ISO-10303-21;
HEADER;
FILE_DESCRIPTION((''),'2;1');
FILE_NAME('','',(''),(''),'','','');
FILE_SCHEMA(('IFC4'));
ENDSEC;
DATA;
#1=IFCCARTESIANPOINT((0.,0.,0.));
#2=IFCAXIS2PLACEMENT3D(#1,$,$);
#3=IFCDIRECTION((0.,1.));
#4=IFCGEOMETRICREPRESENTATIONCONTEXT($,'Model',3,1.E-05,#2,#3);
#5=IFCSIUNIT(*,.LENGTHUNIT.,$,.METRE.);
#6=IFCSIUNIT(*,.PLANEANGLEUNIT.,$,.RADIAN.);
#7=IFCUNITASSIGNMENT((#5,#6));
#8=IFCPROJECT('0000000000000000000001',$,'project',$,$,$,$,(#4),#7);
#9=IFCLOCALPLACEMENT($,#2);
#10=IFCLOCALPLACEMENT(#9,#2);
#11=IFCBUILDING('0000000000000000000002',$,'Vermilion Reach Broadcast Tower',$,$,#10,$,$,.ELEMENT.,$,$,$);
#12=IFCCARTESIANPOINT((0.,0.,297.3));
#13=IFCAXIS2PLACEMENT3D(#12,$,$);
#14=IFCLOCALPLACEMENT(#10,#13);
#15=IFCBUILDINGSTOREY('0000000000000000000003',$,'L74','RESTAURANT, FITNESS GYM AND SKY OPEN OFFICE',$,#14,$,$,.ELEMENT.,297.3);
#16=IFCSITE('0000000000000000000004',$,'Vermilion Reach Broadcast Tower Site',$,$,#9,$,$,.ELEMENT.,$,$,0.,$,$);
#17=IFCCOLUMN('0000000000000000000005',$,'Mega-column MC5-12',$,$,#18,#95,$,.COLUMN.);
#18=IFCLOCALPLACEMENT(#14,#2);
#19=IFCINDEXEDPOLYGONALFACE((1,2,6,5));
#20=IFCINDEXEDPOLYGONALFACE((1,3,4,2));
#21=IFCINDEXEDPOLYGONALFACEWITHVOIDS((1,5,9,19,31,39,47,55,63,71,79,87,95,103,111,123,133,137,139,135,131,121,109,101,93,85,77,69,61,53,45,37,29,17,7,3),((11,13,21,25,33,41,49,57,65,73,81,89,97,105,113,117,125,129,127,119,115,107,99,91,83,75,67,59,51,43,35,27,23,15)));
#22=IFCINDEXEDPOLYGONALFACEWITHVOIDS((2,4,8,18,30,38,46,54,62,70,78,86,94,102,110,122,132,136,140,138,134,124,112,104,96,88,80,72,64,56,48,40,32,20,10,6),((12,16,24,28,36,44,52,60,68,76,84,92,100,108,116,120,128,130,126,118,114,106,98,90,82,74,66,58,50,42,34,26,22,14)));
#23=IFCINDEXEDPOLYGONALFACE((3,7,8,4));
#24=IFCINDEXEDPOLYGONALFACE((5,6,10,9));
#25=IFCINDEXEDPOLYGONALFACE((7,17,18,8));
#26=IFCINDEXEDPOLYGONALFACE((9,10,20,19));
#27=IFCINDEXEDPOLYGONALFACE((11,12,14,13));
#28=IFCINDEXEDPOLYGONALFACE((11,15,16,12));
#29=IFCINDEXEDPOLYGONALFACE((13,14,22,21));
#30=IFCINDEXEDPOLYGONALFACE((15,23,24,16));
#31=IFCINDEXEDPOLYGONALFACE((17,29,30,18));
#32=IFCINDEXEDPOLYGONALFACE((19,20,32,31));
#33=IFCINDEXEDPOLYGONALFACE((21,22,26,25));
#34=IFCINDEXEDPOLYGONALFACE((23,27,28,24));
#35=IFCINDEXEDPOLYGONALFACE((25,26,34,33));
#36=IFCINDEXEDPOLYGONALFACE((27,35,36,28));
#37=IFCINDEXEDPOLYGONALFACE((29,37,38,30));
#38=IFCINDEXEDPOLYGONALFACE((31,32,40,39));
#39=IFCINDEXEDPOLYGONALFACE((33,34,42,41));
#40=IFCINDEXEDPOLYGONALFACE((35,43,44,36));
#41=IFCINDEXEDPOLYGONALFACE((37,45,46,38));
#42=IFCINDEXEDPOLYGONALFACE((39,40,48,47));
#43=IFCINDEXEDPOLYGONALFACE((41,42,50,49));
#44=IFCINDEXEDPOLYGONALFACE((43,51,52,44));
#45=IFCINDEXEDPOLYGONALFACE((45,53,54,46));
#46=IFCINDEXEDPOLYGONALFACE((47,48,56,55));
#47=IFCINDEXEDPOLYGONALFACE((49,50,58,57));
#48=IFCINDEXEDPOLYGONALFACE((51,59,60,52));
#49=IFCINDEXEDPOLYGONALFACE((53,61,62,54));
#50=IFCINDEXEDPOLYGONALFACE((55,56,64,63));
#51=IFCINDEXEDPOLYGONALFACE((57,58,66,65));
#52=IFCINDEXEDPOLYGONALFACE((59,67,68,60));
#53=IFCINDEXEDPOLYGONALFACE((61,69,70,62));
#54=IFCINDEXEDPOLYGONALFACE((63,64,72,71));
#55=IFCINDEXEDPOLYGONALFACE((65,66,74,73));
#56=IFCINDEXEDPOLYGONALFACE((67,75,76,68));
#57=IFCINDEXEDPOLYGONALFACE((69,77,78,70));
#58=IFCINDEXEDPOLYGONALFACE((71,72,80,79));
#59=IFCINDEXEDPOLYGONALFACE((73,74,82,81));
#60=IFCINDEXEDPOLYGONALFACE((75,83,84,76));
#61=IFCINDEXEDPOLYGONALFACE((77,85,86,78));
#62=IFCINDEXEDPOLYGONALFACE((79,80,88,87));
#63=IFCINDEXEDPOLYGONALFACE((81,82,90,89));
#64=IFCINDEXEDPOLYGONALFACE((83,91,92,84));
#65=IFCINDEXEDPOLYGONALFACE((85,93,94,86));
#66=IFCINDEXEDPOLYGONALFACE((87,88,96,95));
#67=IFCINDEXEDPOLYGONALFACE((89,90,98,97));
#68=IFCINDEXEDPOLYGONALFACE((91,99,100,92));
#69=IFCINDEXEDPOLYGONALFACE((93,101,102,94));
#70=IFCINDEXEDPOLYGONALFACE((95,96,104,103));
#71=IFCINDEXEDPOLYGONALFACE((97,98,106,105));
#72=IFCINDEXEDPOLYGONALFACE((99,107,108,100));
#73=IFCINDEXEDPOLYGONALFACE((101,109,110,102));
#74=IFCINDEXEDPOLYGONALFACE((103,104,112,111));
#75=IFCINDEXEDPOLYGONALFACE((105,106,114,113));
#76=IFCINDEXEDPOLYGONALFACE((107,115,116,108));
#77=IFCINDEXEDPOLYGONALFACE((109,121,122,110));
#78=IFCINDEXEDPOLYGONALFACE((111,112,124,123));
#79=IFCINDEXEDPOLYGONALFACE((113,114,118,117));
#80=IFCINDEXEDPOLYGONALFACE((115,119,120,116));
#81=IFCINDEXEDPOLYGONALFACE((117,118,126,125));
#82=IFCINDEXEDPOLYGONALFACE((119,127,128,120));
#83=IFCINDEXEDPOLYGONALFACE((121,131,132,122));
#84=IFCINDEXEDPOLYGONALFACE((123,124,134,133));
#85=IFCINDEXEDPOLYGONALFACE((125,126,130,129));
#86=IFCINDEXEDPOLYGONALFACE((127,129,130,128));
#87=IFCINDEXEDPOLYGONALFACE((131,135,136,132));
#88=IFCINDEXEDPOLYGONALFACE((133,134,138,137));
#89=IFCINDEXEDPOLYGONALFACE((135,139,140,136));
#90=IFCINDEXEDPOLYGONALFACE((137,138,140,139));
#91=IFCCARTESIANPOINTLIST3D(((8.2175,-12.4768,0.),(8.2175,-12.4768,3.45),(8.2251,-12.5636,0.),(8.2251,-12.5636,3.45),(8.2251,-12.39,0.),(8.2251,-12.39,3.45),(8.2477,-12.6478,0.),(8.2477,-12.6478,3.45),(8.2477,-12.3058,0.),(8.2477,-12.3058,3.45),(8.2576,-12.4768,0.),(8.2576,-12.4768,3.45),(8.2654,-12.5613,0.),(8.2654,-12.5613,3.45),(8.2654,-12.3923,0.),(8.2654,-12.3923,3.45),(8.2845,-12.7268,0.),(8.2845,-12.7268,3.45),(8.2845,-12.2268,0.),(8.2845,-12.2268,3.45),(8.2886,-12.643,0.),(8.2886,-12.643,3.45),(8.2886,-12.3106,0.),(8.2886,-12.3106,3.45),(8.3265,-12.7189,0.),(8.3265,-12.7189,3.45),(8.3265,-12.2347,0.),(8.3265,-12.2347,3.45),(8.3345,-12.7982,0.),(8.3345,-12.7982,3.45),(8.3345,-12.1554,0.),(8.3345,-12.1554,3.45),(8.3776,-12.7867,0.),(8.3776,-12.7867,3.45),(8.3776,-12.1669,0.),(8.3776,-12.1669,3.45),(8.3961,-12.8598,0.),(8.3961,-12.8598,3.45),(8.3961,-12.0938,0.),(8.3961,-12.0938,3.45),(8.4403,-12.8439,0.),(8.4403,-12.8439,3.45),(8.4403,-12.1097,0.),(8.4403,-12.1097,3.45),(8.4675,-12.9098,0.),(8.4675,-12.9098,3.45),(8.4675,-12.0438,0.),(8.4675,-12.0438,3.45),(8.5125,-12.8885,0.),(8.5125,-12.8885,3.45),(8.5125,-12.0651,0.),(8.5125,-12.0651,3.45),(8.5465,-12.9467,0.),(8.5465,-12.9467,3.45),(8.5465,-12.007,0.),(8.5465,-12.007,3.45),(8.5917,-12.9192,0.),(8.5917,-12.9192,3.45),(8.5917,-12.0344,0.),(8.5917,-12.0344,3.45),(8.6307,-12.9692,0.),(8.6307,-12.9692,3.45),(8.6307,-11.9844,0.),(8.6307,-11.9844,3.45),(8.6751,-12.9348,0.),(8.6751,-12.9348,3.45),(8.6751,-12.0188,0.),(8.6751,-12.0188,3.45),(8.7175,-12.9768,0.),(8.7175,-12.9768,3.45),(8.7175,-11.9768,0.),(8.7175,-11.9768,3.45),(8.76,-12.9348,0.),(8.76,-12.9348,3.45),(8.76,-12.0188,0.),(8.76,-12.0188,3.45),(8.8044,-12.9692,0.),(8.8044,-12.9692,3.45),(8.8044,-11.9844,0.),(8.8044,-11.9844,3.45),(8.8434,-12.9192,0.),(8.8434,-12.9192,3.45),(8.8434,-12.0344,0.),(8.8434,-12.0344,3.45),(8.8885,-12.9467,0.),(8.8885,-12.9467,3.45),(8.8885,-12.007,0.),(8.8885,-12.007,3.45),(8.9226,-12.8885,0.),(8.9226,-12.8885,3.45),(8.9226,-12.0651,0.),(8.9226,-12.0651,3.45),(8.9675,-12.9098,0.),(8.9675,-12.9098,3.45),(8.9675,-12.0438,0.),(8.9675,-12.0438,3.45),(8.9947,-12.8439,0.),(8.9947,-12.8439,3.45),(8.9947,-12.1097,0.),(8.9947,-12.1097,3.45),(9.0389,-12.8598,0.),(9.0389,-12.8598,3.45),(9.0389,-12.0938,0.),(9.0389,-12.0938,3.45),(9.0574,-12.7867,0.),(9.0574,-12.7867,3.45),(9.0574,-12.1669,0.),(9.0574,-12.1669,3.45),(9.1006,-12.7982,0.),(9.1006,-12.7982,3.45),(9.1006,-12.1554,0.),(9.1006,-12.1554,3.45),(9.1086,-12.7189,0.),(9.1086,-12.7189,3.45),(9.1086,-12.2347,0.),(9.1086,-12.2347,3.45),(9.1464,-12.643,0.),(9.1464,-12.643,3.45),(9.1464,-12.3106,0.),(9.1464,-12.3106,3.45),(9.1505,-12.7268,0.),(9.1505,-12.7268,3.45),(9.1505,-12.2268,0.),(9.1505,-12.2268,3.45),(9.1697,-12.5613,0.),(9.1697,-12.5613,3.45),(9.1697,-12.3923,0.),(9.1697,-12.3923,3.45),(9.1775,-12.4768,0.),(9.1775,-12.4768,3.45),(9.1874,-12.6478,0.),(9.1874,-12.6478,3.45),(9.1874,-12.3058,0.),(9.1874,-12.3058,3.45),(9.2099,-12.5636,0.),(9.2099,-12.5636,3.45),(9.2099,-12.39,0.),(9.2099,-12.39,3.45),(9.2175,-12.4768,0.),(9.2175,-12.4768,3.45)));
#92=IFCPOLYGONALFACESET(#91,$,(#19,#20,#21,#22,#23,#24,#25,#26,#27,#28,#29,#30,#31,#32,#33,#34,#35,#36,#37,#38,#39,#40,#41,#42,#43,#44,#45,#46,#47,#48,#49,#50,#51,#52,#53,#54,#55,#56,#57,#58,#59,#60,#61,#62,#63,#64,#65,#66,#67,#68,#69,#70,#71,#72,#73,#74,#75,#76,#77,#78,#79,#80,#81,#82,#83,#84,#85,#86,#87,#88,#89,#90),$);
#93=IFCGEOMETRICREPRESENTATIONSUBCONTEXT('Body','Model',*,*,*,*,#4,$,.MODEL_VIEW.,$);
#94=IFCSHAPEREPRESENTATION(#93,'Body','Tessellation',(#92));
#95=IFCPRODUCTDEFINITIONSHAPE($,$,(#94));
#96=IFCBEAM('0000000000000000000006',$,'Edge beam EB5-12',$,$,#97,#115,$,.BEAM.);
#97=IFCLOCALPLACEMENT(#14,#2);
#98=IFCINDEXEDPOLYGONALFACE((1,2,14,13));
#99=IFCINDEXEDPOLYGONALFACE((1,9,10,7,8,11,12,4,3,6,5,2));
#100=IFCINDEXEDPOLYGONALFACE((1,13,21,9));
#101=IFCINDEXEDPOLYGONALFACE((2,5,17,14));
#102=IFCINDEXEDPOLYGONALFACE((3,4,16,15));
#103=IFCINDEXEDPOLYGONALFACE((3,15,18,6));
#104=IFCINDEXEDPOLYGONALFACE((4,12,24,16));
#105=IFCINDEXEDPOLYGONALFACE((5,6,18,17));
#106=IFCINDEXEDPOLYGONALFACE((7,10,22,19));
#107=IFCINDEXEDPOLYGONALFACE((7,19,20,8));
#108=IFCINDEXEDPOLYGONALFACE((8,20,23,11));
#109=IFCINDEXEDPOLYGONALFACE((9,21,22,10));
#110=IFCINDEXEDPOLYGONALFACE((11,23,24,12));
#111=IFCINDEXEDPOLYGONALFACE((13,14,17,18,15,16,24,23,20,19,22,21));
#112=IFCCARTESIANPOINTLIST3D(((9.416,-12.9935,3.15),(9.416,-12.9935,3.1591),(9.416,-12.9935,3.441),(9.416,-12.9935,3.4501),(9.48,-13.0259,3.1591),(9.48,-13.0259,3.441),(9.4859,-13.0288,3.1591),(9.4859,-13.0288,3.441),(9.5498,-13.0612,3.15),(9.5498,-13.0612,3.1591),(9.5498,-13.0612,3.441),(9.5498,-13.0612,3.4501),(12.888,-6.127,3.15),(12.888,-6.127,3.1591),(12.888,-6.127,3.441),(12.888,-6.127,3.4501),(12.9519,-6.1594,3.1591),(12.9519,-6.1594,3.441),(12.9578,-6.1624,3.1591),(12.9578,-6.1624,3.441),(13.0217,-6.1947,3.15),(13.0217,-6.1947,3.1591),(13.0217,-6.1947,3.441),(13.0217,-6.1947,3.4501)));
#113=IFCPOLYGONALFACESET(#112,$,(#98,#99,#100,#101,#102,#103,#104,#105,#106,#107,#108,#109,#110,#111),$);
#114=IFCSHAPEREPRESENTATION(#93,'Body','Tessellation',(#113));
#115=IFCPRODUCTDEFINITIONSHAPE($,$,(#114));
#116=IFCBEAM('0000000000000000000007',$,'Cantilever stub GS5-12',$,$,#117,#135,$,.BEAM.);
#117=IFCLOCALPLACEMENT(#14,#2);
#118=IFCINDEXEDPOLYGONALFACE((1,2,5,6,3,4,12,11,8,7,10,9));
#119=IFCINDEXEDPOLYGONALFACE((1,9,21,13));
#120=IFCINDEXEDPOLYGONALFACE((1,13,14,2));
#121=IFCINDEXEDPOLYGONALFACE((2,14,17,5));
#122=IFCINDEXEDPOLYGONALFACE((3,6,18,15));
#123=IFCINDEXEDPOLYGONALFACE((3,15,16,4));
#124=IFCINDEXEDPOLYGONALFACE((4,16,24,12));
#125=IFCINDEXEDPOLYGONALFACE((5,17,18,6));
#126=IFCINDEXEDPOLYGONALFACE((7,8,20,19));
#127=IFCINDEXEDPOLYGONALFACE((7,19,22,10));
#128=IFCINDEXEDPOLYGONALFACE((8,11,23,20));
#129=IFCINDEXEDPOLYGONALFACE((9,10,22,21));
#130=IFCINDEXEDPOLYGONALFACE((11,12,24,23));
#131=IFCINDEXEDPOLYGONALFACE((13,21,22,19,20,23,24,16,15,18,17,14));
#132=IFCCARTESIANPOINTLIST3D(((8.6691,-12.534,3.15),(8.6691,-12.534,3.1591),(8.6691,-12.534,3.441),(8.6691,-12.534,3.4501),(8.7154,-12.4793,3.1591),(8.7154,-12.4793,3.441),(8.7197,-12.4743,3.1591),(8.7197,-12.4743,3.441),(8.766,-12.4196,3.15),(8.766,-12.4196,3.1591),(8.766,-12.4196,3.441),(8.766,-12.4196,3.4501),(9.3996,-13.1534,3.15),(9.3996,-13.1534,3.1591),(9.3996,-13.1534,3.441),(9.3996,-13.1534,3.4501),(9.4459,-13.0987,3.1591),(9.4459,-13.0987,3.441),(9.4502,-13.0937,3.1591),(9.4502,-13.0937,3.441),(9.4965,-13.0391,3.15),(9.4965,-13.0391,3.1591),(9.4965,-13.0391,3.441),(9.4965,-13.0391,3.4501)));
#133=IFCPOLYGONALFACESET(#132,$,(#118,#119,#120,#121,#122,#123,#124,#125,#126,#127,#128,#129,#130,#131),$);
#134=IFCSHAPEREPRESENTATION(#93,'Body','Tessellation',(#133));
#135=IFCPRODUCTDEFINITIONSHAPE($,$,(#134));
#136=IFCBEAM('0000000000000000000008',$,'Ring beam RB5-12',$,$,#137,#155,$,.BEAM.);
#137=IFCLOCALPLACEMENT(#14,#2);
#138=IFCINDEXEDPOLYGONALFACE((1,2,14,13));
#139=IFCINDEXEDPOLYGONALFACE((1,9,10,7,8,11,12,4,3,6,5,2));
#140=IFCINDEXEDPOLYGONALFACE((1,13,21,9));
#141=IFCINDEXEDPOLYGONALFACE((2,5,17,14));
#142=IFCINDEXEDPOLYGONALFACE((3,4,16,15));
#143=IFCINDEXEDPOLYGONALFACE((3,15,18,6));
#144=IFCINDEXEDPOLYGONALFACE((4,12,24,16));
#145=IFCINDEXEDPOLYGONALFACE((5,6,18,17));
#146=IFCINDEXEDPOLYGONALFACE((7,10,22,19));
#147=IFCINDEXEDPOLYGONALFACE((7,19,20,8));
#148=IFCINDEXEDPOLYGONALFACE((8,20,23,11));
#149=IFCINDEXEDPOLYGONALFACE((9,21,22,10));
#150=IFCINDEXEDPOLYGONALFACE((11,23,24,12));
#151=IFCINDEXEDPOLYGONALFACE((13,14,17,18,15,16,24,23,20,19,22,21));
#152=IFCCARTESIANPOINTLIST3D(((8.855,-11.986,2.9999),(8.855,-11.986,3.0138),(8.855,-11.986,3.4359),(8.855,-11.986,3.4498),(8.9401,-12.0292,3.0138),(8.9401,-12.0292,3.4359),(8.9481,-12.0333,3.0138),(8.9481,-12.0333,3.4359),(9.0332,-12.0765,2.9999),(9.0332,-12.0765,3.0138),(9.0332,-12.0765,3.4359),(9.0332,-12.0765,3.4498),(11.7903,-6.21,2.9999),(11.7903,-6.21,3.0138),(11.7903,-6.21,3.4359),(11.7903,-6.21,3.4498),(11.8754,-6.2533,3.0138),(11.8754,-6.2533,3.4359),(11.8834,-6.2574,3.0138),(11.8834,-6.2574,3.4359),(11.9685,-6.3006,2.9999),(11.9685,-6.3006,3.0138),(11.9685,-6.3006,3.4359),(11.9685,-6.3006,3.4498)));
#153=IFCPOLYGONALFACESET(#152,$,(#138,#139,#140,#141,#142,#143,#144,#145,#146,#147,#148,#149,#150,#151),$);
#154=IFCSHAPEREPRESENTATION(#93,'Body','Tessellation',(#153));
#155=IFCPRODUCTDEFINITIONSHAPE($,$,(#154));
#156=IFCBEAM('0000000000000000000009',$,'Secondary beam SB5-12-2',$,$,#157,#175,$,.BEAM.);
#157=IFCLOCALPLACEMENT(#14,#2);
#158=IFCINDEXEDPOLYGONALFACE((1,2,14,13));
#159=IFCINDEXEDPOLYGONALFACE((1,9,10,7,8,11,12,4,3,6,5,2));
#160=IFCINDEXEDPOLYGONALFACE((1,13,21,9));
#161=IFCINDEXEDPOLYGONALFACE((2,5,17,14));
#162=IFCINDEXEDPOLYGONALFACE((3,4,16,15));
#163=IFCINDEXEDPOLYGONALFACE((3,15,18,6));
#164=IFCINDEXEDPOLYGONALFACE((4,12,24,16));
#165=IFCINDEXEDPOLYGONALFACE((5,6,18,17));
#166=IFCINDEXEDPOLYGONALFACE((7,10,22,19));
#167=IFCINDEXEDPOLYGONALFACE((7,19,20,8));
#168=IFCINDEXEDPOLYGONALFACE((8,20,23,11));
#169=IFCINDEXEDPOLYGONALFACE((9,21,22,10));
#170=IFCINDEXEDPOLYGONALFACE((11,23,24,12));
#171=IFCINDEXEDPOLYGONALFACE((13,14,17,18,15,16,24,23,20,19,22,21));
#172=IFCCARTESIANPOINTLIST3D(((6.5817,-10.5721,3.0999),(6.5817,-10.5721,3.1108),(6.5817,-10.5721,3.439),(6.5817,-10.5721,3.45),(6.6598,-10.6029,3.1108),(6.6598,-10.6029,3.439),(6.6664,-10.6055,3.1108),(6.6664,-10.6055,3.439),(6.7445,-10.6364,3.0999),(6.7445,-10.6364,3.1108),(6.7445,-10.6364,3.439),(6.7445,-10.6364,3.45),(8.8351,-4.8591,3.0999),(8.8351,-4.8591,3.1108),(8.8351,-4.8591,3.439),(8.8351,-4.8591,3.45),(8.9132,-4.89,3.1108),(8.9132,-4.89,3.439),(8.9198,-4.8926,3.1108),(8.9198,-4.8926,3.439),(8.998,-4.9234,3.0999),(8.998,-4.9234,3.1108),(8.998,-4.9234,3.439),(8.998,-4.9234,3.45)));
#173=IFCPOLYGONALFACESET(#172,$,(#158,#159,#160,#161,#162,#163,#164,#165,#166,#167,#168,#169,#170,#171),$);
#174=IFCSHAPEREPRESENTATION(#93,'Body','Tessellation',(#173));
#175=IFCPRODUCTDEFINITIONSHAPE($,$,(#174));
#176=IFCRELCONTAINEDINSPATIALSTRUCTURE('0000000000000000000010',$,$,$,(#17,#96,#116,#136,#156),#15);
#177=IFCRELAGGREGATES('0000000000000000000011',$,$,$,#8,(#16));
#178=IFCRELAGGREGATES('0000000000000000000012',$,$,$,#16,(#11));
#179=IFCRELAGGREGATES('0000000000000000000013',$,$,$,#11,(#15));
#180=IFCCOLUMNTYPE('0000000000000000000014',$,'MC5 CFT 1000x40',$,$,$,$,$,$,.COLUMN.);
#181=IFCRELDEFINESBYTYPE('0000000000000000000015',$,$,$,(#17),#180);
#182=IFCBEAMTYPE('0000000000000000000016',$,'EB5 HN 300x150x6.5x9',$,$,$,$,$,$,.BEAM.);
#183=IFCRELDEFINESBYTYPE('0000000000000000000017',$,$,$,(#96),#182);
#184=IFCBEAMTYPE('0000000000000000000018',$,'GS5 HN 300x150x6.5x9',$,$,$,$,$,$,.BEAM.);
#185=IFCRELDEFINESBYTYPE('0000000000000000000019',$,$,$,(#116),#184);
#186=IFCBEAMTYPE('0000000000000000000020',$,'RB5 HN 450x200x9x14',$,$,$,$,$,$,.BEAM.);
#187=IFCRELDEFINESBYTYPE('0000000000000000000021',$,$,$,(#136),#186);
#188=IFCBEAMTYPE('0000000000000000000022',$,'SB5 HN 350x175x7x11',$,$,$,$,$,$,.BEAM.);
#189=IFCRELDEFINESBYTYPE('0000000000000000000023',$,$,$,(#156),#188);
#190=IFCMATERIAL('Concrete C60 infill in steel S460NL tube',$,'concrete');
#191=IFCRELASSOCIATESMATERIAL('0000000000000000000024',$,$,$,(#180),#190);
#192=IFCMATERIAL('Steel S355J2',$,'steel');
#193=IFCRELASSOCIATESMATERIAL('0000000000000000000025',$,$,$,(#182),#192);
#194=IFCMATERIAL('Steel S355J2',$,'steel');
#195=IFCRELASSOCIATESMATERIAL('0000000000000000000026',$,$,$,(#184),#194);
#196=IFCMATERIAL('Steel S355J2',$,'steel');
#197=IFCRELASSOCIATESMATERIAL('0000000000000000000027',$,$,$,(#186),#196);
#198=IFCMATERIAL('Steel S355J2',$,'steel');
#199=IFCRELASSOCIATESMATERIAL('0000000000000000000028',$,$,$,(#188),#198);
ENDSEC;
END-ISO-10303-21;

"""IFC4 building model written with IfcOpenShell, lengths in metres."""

from ifc_helpers import new_model, si_unit, direction, frame, origin, origin_2d, place, context, subcontext, project, spatial, hollow_circle, i_section, extrude, material, material_profile, profile_set, type_object, element, save


model = new_model("IFC4")

# Units and contexts
model_context = context("Model", 3, precision=1e-05, world=origin(), true_north=direction((0.0, 1.0)))
body_context = subcontext(model_context, "Body", "Model", "MODEL_VIEW")
ifc_project = project(units=[si_unit("LENGTHUNIT", "METRE"), si_unit("PLANEANGLEUNIT", "RADIAN")], contexts=[model_context])

# Site, building, storey
site_placement = place(None, origin())
site = spatial("IfcSite", under=ifc_project, at=site_placement, Name="Vermilion Reach Broadcast Tower Site", CompositionType="ELEMENT", RefElevation=0.0)
building_placement = place(site_placement, origin())
building = spatial("IfcBuilding", under=site, at=building_placement, Name="Vermilion Reach Broadcast Tower", CompositionType="ELEMENT")
storey_placement = place(building_placement, frame((0.0, 0.0, 297.3)))
storey = spatial("IfcBuildingStorey", under=building, at=storey_placement, Name="L74", Description="RESTAURANT, FITNESS GYM AND SKY OPEN OFFICE", CompositionType="ELEMENT", Elevation=297.3)

# Column
ifc_material_1 = material(Name="Concrete C60 infill in steel S460NL tube", Category="concrete")
ifc_material_profile_1 = material_profile(ifc_material_1, hollow_circle(Radius=0.5, WallThickness=0.04, at=origin_2d()), Name="Concrete C60 infill in steel S460NL tube CFT 1000x40")
ifc_profile_set_1 = profile_set([ifc_material_profile_1], Name="Concrete C60 infill in steel S460NL tube")
column_type = type_object("IfcColumnType", Name="MC5 CFT 1000x40", PredefinedType="COLUMN", material=ifc_profile_set_1)
column_placement = place(storey_placement, frame((8.7175, -12.4768, 0.0), z_axis=(0.0, 0.0, 1.0), x_axis=(1.0, 0.0, 0.0)))
element("IfcColumn", 1, at=column_placement, inside=storey, type_object=column_type, Name="Mega-column MC5-12", PredefinedType="COLUMN", context=body_context, shape_type="SweptSolid", body=[
    extrude(hollow_circle(Radius=0.5, WallThickness=0.04, at=origin_2d()), origin(), (0.0, 0.0, 1.0), 3.45),
])

# Beams
ifc_material_2 = material(Name="Steel S355J2", Category="steel")
ifc_material_profile_2 = material_profile(ifc_material_2, i_section(OverallWidth=0.1499, OverallDepth=0.3, WebThickness=0.0066, FlangeThickness=0.009, at=origin_2d()), Name="S355J2 HN 300x150x6.5x9")
ifc_profile_set_2 = profile_set([ifc_material_profile_2], Name="Steel S355J2")
beam_type_1 = type_object("IfcBeamType", Name="EB5 HN 300x150x6.5x9", PredefinedType="BEAM", material=ifc_profile_set_2)
beam_1_placement = place(storey_placement, frame((9.4829, -13.0273, 3.3), z_axis=(0.451232, 0.892406, 0.0), x_axis=(-0.892406, 0.451232, 0.0)))
element("IfcBeam", 2, at=beam_1_placement, inside=storey, type_object=beam_type_1, Name="Edge beam EB5-12", PredefinedType="BEAM", context=body_context, shape_type="SweptSolid", body=[
    extrude(i_section(OverallWidth=0.1499, OverallDepth=0.3, WebThickness=0.0066, FlangeThickness=0.009, at=origin_2d()), origin(), (0.0, 0.0, 1.0), 7.6943),
])
ifc_material_3 = material(Name="Steel S355J2", Category="steel")
ifc_material_profile_3 = material_profile(ifc_material_3, i_section(OverallWidth=0.1499, OverallDepth=0.3, WebThickness=0.0066, FlangeThickness=0.009, at=origin_2d()), Name="S355J2 HN 300x150x6.5x9")
ifc_profile_set_3 = profile_set([ifc_material_profile_3], Name="Steel S355J2")
beam_type_2 = type_object("IfcBeamType", Name="GS5 HN 300x150x6.5x9", PredefinedType="BEAM", material=ifc_profile_set_3)
beam_2_placement = place(storey_placement, frame((8.7175, -12.4768, 3.3), z_axis=(0.762719, -0.64673, 0.0), x_axis=(0.64673, 0.762719, 0.0)))
element("IfcBeam", 3, at=beam_2_placement, inside=storey, type_object=beam_type_2, Name="Cantilever stub GS5-12", PredefinedType="BEAM", context=body_context, shape_type="SweptSolid", body=[
    extrude(i_section(OverallWidth=0.1499, OverallDepth=0.3, WebThickness=0.0066, FlangeThickness=0.009, at=origin_2d()), origin(), (0.0, 0.0, 1.0), 0.9578),
])
ifc_material_4 = material(Name="Steel S355J2", Category="steel")
ifc_material_profile_4 = material_profile(ifc_material_4, i_section(OverallWidth=0.2, OverallDepth=0.45, WebThickness=0.009, FlangeThickness=0.0139, at=origin_2d()), Name="S355J2 HN 450x200x9x14")
ifc_profile_set_4 = profile_set([ifc_material_profile_4], Name="Steel S355J2")
beam_type_3 = type_object("IfcBeamType", Name="RB5 HN 450x200x9x14", PredefinedType="BEAM", material=ifc_profile_set_4)
beam_3_placement = place(storey_placement, frame((8.9441, -12.0312, 3.2249), z_axis=(0.453052, 0.891484, 0.0), x_axis=(-0.891484, 0.453052, 0.0)))
element("IfcBeam", 4, at=beam_3_placement, inside=storey, type_object=beam_type_3, Name="Ring beam RB5-12", PredefinedType="BEAM", context=body_context, shape_type="SweptSolid", body=[
    extrude(i_section(OverallWidth=0.2, OverallDepth=0.45, WebThickness=0.009, FlangeThickness=0.0139, at=origin_2d()), origin(), (0.0, 0.0, 1.0), 6.479),
])
ifc_material_5 = material(Name="Steel S355J2", Category="steel")
ifc_material_profile_5 = material_profile(ifc_material_5, i_section(OverallWidth=0.175, OverallDepth=0.3501, WebThickness=0.0071, FlangeThickness=0.011, at=origin_2d()), Name="S355J2 HN 350x175x7x11")
ifc_profile_set_5 = profile_set([ifc_material_profile_5], Name="Steel S355J2")
beam_type_4 = type_object("IfcBeamType", Name="SB5 HN 350x175x7x11", PredefinedType="BEAM", material=ifc_profile_set_5)
beam_4_placement = place(storey_placement, frame((6.6631, -10.6042, 3.2749), z_axis=(0.366931, 0.930248, 0.0), x_axis=(-0.930248, 0.366931, 0.0)))
element("IfcBeam", 5, at=beam_4_placement, inside=storey, type_object=beam_type_4, Name="Secondary beam SB5-12-2", PredefinedType="BEAM", context=body_context, shape_type="SweptSolid", body=[
    extrude(i_section(OverallWidth=0.175, OverallDepth=0.3501, WebThickness=0.0071, FlangeThickness=0.011, at=origin_2d()), origin(), (0.0, 0.0, 1.0), 6.1414),
])

save(model, "model.ifc")
